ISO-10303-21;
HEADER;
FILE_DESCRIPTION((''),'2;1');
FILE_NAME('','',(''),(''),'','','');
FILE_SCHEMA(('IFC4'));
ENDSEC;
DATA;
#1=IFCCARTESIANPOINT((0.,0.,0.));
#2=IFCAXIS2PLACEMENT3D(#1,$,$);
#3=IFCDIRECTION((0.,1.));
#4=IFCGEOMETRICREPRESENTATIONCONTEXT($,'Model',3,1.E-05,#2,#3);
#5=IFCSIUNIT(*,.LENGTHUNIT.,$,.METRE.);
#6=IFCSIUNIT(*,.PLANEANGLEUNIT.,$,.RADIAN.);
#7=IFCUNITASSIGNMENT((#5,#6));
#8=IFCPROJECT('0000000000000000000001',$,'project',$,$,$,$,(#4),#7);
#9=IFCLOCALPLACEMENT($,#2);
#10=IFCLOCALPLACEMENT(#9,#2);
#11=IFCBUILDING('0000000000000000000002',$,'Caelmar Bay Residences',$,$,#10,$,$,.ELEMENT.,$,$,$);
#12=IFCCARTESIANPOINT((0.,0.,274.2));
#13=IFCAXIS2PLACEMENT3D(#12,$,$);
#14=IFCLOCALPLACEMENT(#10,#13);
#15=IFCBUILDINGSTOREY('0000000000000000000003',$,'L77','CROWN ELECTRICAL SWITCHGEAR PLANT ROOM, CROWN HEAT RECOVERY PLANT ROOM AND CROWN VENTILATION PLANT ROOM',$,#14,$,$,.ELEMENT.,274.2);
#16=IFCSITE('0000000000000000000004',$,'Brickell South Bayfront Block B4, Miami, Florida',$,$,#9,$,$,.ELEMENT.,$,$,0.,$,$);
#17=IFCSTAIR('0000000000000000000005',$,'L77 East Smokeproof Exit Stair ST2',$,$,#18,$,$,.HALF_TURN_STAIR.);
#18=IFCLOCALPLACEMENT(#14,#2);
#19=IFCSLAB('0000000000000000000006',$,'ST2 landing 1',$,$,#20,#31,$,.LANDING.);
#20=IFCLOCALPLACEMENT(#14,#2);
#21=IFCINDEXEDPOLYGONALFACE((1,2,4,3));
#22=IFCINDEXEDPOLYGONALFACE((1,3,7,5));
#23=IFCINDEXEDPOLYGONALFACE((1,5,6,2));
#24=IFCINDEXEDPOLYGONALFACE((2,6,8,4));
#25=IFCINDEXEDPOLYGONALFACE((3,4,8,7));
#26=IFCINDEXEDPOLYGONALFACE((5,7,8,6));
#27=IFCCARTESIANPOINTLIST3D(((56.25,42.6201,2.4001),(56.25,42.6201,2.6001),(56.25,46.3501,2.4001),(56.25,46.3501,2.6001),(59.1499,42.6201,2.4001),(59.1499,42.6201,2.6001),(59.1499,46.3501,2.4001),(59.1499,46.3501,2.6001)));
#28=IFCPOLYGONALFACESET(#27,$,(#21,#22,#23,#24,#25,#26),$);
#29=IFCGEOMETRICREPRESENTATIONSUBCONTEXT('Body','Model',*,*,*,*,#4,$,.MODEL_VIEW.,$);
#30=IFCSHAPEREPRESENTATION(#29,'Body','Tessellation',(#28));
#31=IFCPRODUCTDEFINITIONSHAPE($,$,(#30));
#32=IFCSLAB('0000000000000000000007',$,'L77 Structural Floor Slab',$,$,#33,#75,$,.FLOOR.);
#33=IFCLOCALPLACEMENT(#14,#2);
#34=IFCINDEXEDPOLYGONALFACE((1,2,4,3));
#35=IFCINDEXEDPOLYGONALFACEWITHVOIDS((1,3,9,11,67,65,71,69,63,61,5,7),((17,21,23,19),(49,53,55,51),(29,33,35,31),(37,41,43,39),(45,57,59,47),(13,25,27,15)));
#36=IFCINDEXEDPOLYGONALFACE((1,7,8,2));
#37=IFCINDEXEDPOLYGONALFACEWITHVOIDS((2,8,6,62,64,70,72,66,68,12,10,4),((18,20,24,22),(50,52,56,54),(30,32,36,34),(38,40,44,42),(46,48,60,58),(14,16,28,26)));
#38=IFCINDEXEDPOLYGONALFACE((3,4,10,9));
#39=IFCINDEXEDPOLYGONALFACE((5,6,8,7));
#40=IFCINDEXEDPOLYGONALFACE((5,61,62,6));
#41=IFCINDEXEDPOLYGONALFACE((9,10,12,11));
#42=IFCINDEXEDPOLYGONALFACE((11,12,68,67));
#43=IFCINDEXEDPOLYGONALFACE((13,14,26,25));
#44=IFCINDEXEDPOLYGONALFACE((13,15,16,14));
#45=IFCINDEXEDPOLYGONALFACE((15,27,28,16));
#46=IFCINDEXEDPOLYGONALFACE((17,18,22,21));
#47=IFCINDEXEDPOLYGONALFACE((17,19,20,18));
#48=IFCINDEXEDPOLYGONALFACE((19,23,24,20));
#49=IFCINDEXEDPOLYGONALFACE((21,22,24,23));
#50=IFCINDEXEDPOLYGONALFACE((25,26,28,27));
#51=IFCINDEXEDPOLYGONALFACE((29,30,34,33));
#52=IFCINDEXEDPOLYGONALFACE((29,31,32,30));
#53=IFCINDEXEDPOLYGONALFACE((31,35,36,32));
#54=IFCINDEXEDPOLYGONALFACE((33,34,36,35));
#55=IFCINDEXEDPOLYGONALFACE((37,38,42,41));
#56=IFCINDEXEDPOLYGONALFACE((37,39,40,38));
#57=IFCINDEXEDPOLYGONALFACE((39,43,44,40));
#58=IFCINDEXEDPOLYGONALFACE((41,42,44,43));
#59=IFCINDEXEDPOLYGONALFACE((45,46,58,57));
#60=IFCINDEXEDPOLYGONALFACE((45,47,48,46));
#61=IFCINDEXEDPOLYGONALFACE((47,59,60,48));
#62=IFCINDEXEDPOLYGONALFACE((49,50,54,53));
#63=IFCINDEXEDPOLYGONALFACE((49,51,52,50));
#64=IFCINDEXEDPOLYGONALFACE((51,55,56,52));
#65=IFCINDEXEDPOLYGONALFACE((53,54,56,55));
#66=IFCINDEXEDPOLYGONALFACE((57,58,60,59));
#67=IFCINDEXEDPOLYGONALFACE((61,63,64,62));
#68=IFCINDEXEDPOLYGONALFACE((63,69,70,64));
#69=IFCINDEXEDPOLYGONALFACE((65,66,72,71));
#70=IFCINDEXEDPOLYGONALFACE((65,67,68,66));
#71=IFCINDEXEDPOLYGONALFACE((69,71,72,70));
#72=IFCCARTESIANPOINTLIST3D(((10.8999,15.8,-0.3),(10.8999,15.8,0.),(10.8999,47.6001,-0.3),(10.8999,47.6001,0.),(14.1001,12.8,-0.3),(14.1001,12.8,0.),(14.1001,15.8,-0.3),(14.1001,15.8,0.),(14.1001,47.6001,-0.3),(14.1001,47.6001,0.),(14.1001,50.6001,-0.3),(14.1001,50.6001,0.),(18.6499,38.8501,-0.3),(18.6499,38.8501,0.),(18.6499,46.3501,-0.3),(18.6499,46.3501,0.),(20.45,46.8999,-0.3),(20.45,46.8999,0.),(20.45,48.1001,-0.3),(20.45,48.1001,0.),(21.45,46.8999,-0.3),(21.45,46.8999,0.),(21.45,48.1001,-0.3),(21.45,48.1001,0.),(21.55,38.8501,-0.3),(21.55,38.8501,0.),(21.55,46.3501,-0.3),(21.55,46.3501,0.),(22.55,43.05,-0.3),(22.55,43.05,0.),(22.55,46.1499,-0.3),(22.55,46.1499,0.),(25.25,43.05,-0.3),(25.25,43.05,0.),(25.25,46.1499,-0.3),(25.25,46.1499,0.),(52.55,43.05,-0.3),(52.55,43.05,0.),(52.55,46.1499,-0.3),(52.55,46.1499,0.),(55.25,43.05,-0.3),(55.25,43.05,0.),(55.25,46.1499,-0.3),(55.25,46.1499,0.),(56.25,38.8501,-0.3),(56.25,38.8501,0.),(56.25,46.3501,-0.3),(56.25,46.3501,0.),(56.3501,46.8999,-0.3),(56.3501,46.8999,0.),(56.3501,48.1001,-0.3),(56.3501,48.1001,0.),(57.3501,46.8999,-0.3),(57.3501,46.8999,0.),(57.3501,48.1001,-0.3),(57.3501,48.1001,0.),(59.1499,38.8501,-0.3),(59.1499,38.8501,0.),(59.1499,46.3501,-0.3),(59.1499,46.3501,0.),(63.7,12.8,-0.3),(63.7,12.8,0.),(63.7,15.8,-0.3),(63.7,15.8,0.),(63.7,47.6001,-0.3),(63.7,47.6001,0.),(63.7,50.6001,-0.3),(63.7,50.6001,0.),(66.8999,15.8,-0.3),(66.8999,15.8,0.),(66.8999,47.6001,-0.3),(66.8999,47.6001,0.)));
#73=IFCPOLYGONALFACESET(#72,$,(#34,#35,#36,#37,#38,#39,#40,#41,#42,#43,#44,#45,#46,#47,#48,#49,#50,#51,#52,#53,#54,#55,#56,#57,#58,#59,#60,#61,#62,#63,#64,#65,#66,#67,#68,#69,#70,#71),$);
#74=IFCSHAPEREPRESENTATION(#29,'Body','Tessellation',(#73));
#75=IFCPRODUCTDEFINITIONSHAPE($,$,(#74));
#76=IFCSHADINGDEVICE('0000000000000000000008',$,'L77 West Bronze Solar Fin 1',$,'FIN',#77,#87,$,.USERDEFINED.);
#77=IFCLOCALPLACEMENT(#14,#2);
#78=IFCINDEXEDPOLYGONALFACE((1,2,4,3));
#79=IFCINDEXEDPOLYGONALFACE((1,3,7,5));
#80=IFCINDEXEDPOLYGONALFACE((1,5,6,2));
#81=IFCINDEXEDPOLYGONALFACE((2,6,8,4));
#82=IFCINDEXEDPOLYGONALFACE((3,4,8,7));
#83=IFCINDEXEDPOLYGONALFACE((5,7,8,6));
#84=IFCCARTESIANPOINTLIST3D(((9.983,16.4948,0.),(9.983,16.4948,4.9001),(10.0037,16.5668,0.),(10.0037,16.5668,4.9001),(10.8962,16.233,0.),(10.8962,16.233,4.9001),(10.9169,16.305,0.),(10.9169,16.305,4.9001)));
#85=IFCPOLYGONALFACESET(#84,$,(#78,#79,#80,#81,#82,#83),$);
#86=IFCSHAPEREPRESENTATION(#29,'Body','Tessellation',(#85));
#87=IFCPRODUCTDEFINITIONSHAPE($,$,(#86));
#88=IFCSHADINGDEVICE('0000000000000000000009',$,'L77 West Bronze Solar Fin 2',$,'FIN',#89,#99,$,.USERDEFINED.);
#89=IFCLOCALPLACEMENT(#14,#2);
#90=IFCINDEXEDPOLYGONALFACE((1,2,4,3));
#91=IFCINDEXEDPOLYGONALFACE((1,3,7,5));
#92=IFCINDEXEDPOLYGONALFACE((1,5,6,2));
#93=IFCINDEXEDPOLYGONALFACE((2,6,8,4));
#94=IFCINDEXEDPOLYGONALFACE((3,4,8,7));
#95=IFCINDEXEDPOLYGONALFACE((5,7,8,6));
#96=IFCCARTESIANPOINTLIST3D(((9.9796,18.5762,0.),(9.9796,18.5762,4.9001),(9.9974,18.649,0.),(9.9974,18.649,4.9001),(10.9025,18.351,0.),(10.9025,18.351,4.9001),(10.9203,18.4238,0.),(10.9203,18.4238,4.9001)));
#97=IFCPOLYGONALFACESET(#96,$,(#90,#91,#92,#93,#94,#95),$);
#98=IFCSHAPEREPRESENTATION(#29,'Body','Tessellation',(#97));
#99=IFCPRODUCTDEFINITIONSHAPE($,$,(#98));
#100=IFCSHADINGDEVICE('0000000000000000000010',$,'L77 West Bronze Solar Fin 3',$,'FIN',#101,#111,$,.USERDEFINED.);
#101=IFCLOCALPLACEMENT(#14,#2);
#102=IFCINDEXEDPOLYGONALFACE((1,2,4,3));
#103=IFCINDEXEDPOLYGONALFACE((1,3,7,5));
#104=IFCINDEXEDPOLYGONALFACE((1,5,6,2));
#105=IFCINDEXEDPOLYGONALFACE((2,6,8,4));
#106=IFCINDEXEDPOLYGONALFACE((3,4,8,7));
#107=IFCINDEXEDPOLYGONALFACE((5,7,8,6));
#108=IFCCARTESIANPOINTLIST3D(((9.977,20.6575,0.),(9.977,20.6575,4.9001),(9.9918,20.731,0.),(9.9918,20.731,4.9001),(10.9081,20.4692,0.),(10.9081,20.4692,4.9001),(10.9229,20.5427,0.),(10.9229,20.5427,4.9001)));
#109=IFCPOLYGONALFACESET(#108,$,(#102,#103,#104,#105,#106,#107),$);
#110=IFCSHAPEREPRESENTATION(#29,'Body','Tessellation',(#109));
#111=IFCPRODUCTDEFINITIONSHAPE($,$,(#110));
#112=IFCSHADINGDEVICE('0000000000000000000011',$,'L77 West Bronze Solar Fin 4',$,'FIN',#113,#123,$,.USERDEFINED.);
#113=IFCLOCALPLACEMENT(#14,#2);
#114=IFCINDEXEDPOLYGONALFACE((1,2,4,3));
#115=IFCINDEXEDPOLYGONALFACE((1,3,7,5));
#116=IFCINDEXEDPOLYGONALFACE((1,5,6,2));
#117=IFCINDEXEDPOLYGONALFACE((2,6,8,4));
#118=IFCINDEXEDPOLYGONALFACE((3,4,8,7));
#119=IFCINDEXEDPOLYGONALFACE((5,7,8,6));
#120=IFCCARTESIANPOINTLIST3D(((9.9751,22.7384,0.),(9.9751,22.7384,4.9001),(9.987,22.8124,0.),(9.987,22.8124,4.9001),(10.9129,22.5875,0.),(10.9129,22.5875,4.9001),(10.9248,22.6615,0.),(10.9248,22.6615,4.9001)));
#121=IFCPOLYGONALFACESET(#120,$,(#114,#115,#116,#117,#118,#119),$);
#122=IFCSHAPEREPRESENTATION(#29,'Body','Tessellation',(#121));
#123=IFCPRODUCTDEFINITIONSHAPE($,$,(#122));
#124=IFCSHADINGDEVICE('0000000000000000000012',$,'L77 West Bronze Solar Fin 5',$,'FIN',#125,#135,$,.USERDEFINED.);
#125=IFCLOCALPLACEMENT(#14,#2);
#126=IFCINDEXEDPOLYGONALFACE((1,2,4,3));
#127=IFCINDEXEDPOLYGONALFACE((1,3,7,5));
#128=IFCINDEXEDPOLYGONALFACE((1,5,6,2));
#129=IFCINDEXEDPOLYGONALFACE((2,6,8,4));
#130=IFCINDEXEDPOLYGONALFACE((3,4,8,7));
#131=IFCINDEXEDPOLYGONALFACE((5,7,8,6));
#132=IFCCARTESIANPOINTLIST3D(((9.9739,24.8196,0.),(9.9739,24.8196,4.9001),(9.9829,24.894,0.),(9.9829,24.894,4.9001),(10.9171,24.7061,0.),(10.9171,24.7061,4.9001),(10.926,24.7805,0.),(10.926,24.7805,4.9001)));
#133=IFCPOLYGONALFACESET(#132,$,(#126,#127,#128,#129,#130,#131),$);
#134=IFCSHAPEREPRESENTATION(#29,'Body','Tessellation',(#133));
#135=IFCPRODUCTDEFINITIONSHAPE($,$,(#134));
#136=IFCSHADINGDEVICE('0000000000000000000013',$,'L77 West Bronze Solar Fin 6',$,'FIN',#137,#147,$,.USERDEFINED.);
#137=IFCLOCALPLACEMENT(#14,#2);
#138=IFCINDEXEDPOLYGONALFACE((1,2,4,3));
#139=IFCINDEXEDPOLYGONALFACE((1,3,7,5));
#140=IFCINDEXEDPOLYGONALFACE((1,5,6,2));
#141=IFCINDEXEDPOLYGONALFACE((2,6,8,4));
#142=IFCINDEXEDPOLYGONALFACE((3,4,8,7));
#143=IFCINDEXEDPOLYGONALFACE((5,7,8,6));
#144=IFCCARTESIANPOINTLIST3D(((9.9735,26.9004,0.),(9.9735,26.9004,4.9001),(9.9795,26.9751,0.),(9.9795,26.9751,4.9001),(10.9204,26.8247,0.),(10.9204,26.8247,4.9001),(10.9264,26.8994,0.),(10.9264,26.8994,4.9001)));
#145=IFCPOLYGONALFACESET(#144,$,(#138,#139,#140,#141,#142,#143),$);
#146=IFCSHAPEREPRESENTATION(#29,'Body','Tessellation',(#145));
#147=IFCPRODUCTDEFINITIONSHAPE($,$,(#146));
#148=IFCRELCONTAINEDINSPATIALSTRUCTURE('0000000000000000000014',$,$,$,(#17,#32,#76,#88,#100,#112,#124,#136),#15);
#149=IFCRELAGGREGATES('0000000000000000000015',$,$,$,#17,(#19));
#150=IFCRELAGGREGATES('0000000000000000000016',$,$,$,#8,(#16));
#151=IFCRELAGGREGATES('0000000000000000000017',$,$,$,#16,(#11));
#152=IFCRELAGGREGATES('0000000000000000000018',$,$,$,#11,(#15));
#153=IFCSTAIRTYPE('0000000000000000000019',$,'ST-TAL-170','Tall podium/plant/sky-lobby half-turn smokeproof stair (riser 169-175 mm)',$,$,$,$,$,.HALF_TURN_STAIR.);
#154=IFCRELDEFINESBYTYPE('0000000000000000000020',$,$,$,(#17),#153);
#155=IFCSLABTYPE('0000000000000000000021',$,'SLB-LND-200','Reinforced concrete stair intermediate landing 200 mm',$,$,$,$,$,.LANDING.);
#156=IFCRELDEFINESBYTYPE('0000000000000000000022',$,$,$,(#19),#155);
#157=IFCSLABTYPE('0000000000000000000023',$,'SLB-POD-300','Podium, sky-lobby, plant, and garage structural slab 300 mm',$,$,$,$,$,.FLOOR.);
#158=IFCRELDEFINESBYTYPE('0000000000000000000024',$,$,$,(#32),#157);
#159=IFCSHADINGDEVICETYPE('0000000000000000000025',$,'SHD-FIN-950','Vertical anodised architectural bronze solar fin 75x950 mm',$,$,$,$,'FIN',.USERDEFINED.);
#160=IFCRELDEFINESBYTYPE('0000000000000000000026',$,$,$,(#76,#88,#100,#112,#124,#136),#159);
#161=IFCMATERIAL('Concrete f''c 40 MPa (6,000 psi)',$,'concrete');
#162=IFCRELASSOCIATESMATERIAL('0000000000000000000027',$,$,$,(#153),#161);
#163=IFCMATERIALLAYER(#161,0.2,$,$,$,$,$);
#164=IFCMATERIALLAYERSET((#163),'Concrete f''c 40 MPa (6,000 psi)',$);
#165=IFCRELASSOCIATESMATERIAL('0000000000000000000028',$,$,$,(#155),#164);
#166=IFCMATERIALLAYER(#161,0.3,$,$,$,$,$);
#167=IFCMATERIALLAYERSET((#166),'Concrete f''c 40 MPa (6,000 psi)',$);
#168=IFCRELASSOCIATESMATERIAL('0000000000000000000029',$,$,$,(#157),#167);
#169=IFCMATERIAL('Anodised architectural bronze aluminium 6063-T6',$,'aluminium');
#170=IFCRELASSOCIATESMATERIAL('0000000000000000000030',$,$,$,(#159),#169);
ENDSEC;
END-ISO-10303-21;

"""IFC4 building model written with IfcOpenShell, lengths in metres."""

from ifc_helpers import new_model, si_unit, direction, frame, origin, origin_2d, place, context, subcontext, project, spatial, polyline, rectangle, outline, extrude, material, layer, layer_set, material_profile, profile_set, type_object, element, aggregate, save


model = new_model("IFC4")

# Units and contexts
model_context = context("Model", 3, precision=1e-05, world=origin(), true_north=direction((0.0, 1.0)))
body_context = subcontext(model_context, "Body", "Model", "MODEL_VIEW")
ifc_project = project(units=[si_unit("LENGTHUNIT", "METRE"), si_unit("PLANEANGLEUNIT", "RADIAN")], contexts=[model_context])

# Site, building, storey
site_placement = place(None, origin())
site = spatial("IfcSite", under=ifc_project, at=site_placement, Name="Brickell South Bayfront Block B4, Miami, Florida", CompositionType="ELEMENT", RefElevation=0.0)
building_placement = place(site_placement, origin())
building = spatial("IfcBuilding", under=site, at=building_placement, Name="Caelmar Bay Residences", CompositionType="ELEMENT")
storey_placement = place(building_placement, frame((0.0, 0.0, 274.2)))
storey = spatial("IfcBuildingStorey", under=building, at=storey_placement, Name="L77", Description="CROWN ELECTRICAL SWITCHGEAR PLANT ROOM, CROWN HEAT RECOVERY PLANT ROOM AND CROWN VENTILATION PLANT ROOM", CompositionType="ELEMENT", Elevation=274.2)

# Shared definitions
ifc_material_1 = material(Name="Concrete f'c 40 MPa (6,000 psi)", Category="concrete")

# Stair, slab
stair_type = type_object("IfcStairType", Name="ST-TAL-170", Description="Tall podium/plant/sky-lobby half-turn smokeproof stair (riser 169-175 mm)", PredefinedType="HALF_TURN_STAIR", material=ifc_material_1)
ifc_layer_1 = layer(ifc_material_1, 0.2)
ifc_layer_set_1 = layer_set([ifc_layer_1], Name="Concrete f'c 40 MPa (6,000 psi)")
slab_type_1 = type_object("IfcSlabType", Name="SLB-LND-200", Description="Reinforced concrete stair intermediate landing 200 mm", PredefinedType="LANDING", material=ifc_layer_set_1)
stair_1_placement = place(storey_placement, origin())
stair_1 = element("IfcStair", 1, at=stair_1_placement, inside=storey, type_object=stair_type, Name="L77 East Smokeproof Exit Stair ST2", PredefinedType="HALF_TURN_STAIR")
slab_1_placement = place(storey_placement, frame((0.0, 0.0, 2.4001)))
slab_1 = element("IfcSlab", 2, at=slab_1_placement, type_object=slab_type_1, Name="ST2 landing 1", PredefinedType="LANDING", context=body_context, shape_type="SweptSolid", body=[
    extrude(outline(polyline([(59.1499, 42.6201), (59.1499, 46.3501), (56.25, 46.3501), (56.25, 42.6201), (59.1499, 42.6201)])), origin(), (0.0, 0.0, 1.0), 0.2),
])
aggregate(stair_1, [slab_1])

# Slab
ifc_layer_2 = layer(ifc_material_1, 0.3)
ifc_layer_set_2 = layer_set([ifc_layer_2], Name="Concrete f'c 40 MPa (6,000 psi)")
slab_type_2 = type_object("IfcSlabType", Name="SLB-POD-300", Description="Podium, sky-lobby, plant, and garage structural slab 300 mm", PredefinedType="FLOOR", material=ifc_layer_set_2)
slab_2_placement = place(storey_placement, frame((0.0, 0.0, -0.3)))
element("IfcSlab", 3, at=slab_2_placement, inside=storey, type_object=slab_type_2, Name="L77 Structural Floor Slab", PredefinedType="FLOOR", context=body_context, shape_type="SweptSolid", body=[
    extrude(outline(polyline([(14.1001, 12.8), (63.7, 12.8), (63.7, 15.8), (66.8999, 15.8), (66.8999, 47.6001), (63.7, 47.6001), (63.7, 50.6001), (14.1001, 50.6001), (14.1001, 47.6001), (10.8999, 47.6001), (10.8999, 15.8), (14.1001, 15.8), (14.1001, 12.8)]), holes=[polyline([(18.6499, 38.8501), (21.55, 38.8501), (21.55, 46.3501), (18.6499, 46.3501), (18.6499, 38.8501)]), polyline([(56.25, 38.8501), (59.1499, 38.8501), (59.1499, 46.3501), (56.25, 46.3501), (56.25, 38.8501)]), polyline([(22.55, 43.05), (25.25, 43.05), (25.25, 46.1499), (22.55, 46.1499), (22.55, 43.05)]), polyline([(52.55, 43.05), (55.25, 43.05), (55.25, 46.1499), (52.55, 46.1499), (52.55, 43.05)]), polyline([(20.45, 46.8999), (21.45, 46.8999), (21.45, 48.1001), (20.45, 48.1001), (20.45, 46.8999)]), polyline([(56.3501, 46.8999), (57.3501, 46.8999), (57.3501, 48.1001), (56.3501, 48.1001), (56.3501, 46.8999)])]), origin(), (0.0, 0.0, 1.0), 0.3),
])

# Shading devices
ifc_material_2 = material(Name="Anodised architectural bronze aluminium 6063-T6", Category="aluminium")
ifc_material_profile_1 = material_profile(ifc_material_2, rectangle(XDim=0.075, YDim=0.95, at=origin_2d()), Name="BRONZE-FIN-75X950")
ifc_profile_set_1 = profile_set([ifc_material_profile_1], Name="Anodised architectural bronze aluminium 6063-T6")
shading_device_type = type_object("IfcShadingDeviceType", Name="SHD-FIN-950", Description="Vertical anodised architectural bronze solar fin 75x950 mm", ElementType="FIN", PredefinedType="USERDEFINED", material=ifc_profile_set_1)
for number, where, z_axis, x_axis, name in (
    (4, (10.45, 16.3999, 0.0), (0.0, 0.0, 1.0), (0.275637, 0.961262, 0.0), "L77 West Bronze Solar Fin 1"),
    (5, (10.45, 18.5, 0.0), (0.0, 0.0, 1.0), (0.237008, 0.971508, 0.0), "L77 West Bronze Solar Fin 2"),
    (6, (10.45, 20.6001, 0.0), (0.0, 0.0, 1.0), (0.198171, 0.980168, 0.0), "L77 West Bronze Solar Fin 3"),
    (7, (10.45, 22.7, 0.0), (0.0, 0.0, 1.0), (0.158847, 0.987303, 0.0), "L77 West Bronze Solar Fin 4"),
    (8, (10.45, 24.8, 0.0), (0.0, 0.0, 1.0), (0.119444, 0.992841, 0.0), "L77 West Bronze Solar Fin 5"),
    (9, (10.45, 26.8999, 0.0), (0.0, 0.0, 1.0), (0.079677, 0.996821, 0.0), "L77 West Bronze Solar Fin 6"),
):
    element("IfcShadingDevice", number, at=place(storey_placement, frame(where, z_axis=z_axis, x_axis=x_axis)), inside=storey, type_object=shading_device_type, Name=name, ObjectType="FIN", PredefinedType="USERDEFINED", context=body_context, shape_type="SweptSolid", body=[
        extrude(rectangle(XDim=0.075, YDim=0.95, at=origin_2d()), origin(), (0.0, 0.0, 1.0), 4.9001),
    ])

save(model, "model.ifc")
